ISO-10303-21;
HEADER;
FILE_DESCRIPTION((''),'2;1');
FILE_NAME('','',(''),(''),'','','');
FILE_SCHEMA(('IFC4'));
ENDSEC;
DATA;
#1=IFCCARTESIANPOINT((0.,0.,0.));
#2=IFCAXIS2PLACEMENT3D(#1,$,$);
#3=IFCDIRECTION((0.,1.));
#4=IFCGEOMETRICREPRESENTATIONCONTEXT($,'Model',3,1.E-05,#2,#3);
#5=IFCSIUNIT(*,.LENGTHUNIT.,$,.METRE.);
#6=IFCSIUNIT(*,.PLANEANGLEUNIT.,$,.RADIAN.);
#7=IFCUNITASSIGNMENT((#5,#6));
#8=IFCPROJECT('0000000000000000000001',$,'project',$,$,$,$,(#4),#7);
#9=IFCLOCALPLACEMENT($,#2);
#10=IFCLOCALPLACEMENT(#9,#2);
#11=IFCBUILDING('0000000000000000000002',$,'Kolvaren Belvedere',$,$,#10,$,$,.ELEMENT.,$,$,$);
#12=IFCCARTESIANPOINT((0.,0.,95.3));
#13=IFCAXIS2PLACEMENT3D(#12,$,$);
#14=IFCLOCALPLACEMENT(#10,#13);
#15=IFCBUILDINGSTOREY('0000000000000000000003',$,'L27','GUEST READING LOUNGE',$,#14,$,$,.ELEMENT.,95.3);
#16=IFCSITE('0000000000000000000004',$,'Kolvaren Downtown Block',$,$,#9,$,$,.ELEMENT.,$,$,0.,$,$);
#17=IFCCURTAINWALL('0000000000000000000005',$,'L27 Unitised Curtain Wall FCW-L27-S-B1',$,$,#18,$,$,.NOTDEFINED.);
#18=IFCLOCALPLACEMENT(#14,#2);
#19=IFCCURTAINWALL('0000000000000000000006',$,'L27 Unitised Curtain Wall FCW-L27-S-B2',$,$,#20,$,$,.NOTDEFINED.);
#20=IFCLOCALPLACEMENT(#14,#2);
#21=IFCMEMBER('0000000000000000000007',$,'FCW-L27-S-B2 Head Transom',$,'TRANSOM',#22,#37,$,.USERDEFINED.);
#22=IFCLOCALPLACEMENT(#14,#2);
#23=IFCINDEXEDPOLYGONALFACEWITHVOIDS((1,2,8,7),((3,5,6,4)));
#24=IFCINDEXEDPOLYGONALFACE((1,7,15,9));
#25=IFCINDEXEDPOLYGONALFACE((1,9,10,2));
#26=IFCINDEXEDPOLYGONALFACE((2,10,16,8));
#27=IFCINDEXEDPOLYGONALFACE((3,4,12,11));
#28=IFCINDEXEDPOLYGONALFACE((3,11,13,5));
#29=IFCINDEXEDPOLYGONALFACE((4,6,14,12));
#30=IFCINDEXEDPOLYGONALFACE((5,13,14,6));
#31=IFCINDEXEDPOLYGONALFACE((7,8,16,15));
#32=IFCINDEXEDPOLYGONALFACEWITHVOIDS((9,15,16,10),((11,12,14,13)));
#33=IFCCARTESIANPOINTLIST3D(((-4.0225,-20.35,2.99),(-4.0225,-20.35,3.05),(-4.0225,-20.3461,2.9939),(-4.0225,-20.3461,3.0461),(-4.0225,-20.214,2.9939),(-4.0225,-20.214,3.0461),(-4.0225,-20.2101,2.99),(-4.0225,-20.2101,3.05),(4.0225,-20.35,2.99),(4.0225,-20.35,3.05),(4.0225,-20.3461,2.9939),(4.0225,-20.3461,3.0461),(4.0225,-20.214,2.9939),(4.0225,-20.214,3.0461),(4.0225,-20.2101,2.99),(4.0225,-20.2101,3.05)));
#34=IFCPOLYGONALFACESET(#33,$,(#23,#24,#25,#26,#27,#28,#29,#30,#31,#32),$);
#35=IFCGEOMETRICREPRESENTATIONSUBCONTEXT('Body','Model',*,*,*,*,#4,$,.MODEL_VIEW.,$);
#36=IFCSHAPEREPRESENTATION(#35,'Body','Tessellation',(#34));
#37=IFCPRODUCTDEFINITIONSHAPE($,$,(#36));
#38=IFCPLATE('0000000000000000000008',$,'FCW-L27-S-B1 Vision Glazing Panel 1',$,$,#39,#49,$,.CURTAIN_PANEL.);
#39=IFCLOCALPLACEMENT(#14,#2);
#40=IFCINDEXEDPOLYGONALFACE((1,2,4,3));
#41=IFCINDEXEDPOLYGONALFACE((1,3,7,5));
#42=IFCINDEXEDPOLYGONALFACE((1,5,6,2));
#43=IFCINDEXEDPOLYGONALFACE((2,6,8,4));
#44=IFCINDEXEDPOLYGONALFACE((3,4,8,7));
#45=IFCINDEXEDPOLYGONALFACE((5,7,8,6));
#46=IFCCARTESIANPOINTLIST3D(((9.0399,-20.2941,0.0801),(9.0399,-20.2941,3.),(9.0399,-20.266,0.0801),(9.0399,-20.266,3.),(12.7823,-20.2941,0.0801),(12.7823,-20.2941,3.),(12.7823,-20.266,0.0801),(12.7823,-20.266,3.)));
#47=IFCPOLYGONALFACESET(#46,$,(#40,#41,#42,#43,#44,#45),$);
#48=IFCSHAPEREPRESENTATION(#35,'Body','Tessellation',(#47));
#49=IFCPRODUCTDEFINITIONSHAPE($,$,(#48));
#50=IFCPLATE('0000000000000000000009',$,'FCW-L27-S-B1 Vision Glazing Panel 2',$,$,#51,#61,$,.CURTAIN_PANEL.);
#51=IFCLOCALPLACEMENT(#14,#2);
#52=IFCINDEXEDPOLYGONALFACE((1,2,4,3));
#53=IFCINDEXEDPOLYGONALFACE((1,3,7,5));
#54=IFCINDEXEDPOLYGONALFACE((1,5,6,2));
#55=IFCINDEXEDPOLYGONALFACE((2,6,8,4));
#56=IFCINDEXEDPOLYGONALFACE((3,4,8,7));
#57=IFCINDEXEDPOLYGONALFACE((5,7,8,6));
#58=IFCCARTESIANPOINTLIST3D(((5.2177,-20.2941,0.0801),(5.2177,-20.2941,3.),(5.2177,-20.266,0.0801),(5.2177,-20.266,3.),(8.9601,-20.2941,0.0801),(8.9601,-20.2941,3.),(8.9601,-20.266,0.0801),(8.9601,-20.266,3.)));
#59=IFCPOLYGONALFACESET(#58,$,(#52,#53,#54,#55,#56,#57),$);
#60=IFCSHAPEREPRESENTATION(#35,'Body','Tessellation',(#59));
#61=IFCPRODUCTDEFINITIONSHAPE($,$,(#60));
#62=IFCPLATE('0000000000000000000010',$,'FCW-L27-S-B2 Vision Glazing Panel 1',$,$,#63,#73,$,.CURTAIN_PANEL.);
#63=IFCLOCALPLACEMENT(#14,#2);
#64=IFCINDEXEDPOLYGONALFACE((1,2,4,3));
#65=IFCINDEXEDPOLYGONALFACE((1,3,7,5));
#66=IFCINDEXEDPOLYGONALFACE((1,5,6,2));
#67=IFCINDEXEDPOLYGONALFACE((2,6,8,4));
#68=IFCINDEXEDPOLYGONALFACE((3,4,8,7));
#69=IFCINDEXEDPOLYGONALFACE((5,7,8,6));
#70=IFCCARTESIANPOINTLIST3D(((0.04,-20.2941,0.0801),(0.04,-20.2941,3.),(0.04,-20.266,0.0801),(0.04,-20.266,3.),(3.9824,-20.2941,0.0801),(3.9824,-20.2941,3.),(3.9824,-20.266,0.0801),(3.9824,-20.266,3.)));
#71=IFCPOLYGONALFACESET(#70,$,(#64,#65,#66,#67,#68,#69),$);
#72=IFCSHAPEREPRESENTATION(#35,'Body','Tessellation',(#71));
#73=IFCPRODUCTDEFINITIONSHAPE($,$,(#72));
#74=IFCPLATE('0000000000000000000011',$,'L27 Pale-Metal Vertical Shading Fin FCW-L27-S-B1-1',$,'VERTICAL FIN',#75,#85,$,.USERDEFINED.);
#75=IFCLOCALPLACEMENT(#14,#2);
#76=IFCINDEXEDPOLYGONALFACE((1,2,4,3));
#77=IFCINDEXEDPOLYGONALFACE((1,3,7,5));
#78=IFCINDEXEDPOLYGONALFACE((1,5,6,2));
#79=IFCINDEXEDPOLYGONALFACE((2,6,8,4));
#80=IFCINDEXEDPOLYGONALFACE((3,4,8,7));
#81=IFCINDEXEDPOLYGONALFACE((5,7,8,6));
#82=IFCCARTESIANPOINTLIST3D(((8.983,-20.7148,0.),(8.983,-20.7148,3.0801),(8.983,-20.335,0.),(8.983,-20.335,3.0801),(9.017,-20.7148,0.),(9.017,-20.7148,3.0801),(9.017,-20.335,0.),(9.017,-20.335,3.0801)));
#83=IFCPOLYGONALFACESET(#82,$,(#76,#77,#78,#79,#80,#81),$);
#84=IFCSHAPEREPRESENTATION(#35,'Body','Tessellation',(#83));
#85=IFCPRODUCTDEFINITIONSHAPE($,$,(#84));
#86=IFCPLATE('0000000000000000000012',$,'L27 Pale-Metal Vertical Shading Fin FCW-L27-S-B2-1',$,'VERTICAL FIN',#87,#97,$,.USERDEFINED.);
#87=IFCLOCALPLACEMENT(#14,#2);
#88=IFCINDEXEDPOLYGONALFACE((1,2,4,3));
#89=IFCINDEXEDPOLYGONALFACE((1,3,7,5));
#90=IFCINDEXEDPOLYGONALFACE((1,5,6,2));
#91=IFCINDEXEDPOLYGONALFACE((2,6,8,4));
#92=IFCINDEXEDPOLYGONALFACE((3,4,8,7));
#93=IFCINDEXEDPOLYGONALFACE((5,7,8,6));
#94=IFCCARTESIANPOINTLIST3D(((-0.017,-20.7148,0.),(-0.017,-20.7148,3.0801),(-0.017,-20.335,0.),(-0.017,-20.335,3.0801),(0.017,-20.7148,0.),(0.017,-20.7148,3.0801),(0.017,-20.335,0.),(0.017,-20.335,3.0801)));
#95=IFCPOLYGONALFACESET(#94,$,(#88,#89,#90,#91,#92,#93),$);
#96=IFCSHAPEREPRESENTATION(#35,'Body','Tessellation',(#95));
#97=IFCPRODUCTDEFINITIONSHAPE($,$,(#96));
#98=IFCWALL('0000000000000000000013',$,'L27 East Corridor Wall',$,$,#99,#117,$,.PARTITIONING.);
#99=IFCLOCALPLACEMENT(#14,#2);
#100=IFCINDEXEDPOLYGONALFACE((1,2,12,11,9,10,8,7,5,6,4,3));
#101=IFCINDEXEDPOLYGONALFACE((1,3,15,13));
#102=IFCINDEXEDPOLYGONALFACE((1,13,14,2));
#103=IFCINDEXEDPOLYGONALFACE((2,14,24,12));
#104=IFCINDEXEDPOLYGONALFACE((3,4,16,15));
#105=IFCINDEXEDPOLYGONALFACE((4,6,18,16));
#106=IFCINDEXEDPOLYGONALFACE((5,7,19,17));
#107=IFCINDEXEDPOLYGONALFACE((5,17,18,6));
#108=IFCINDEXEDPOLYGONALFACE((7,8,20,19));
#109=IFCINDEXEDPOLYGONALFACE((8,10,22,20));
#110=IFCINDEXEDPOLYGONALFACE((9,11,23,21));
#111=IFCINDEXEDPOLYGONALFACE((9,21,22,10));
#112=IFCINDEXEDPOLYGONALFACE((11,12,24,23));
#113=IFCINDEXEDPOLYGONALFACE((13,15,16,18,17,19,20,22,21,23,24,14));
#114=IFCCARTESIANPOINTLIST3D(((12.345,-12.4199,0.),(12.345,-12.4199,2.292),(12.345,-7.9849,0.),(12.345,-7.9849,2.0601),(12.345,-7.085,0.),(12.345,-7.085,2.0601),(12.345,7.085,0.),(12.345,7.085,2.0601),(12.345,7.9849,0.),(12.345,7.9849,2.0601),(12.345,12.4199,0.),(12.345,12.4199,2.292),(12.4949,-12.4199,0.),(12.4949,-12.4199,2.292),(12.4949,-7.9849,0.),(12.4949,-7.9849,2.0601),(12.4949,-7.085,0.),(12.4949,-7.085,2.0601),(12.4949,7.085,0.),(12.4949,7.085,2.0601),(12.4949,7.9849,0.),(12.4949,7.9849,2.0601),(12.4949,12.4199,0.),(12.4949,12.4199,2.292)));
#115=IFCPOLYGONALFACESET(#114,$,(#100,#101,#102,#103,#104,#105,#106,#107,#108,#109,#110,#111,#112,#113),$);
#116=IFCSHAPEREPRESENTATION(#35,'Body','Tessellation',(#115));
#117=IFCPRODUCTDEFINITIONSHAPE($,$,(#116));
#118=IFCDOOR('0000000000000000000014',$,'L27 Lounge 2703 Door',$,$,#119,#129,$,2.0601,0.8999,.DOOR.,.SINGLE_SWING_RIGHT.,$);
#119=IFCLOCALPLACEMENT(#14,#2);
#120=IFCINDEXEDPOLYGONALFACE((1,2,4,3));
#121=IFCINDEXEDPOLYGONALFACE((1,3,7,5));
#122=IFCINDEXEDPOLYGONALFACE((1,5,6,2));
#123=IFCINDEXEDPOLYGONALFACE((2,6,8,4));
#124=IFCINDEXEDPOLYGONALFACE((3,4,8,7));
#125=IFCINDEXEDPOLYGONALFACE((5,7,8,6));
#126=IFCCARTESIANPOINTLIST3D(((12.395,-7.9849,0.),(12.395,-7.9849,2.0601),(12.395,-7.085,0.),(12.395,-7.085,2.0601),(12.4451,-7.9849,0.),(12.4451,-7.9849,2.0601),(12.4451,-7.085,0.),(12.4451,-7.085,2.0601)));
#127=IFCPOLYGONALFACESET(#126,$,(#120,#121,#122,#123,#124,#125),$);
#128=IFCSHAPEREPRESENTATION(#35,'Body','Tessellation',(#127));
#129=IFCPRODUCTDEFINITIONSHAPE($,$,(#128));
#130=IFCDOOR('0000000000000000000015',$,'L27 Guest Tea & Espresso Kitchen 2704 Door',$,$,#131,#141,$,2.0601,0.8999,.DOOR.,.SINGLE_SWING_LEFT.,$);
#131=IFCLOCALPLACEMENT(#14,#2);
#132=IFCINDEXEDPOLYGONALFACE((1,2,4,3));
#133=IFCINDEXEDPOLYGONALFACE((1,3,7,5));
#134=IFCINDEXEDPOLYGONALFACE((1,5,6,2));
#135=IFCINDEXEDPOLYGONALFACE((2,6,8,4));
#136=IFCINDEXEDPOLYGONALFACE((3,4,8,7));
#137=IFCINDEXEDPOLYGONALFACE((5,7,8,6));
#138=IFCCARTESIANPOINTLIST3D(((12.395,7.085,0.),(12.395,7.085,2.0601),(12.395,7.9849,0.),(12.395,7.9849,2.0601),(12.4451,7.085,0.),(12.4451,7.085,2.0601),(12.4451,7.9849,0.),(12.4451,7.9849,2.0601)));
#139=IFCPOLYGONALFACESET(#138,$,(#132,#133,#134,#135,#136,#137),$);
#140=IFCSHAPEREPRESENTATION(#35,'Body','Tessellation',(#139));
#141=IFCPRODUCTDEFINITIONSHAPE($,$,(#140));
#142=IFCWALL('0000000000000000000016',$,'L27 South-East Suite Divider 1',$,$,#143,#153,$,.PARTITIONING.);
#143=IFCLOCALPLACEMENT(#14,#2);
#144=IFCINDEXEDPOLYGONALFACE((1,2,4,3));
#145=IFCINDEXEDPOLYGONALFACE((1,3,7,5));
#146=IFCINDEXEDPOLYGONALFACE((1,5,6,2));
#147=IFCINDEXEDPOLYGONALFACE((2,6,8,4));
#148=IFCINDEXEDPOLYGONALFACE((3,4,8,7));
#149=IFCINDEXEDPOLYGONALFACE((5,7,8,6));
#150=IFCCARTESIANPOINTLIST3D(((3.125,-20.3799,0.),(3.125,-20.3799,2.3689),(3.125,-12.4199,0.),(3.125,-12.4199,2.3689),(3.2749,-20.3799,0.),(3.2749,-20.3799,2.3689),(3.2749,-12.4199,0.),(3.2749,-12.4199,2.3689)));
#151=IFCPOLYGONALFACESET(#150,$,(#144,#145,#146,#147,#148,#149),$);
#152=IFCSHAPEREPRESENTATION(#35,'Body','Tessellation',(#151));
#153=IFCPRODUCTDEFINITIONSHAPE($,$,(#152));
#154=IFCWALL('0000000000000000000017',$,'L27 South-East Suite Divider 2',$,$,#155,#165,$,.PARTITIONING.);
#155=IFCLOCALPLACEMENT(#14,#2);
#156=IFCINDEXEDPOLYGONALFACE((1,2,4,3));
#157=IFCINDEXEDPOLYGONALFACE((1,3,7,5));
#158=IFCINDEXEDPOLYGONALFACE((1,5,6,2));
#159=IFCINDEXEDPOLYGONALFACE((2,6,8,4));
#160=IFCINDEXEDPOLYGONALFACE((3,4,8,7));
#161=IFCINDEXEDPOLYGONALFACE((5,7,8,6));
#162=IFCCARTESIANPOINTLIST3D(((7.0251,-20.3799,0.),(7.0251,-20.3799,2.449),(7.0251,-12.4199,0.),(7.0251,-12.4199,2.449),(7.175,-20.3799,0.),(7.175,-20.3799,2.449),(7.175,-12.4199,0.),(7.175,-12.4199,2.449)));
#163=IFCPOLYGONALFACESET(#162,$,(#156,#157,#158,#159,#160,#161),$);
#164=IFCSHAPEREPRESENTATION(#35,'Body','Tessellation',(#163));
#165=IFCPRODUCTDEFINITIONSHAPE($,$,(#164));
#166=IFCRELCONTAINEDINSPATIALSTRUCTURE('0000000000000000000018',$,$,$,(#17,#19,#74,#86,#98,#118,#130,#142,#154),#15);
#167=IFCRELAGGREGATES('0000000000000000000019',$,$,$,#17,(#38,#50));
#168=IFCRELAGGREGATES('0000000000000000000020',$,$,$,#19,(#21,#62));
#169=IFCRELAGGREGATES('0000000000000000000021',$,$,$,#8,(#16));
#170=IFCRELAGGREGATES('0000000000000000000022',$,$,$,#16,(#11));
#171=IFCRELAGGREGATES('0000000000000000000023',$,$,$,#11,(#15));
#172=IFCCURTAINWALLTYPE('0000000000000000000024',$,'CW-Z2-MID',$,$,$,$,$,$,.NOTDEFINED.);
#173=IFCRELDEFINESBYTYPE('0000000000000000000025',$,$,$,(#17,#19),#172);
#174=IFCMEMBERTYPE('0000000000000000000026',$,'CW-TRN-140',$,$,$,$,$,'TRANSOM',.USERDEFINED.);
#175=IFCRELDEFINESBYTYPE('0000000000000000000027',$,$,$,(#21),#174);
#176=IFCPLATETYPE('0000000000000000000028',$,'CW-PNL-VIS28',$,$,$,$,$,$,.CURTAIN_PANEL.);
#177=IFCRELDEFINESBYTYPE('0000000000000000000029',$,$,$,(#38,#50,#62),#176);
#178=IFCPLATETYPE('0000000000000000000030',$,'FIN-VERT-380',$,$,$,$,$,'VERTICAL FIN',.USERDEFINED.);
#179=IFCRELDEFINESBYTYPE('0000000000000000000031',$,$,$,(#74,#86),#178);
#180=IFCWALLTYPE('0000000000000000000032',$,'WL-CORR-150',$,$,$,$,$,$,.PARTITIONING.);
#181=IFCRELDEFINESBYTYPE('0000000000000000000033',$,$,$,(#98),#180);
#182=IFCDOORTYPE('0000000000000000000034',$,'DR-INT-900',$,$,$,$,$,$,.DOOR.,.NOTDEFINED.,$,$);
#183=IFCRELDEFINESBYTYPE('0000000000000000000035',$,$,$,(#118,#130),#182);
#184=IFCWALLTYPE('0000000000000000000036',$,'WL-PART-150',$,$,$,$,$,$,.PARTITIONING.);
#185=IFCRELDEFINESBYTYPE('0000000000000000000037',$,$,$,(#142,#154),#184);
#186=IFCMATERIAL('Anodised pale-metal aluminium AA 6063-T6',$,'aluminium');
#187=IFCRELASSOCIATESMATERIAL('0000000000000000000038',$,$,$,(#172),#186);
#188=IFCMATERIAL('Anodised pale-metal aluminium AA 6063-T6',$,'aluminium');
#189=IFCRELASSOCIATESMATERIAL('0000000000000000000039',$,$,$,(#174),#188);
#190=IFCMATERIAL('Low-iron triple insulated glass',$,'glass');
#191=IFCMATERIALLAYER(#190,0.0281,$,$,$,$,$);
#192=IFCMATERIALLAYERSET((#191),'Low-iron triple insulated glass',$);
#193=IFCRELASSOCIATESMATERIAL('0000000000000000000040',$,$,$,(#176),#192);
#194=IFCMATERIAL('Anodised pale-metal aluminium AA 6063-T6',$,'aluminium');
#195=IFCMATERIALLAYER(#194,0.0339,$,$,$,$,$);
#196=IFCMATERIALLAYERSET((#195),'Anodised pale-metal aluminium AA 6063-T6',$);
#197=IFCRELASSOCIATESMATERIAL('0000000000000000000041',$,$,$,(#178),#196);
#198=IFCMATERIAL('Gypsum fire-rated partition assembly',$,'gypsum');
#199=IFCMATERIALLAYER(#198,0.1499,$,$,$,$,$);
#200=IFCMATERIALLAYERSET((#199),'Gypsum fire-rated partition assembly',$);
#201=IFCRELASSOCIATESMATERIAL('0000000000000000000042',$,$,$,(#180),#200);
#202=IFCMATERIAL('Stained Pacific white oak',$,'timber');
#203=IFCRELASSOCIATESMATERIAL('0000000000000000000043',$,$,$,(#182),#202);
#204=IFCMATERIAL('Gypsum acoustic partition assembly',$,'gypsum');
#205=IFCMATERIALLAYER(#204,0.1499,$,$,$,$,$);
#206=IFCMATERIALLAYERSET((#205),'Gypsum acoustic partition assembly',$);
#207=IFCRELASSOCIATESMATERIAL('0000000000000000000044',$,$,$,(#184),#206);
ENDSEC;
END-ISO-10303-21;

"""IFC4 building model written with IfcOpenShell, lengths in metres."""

from ifc_helpers import new_model, si_unit, direction, frame, frame_2d, origin, origin_2d, place, context, subcontext, project, spatial, rectangle, hollow_rectangle, extrude, material, layer, layer_set, material_profile, profile_set, type_object, element, fill, aggregate, save


model = new_model("IFC4")

# Units and contexts
model_context = context("Model", 3, precision=1e-05, world=origin(), true_north=direction((0.0, 1.0)))
body_context = subcontext(model_context, "Body", "Model", "MODEL_VIEW")
ifc_project = project(units=[si_unit("LENGTHUNIT", "METRE"), si_unit("PLANEANGLEUNIT", "RADIAN")], contexts=[model_context])

# Site, building, storey
site_placement = place(None, origin())
site = spatial("IfcSite", under=ifc_project, at=site_placement, Name="Kolvaren Downtown Block", CompositionType="ELEMENT", RefElevation=0.0)
building_placement = place(site_placement, origin())
building = spatial("IfcBuilding", under=site, at=building_placement, Name="Kolvaren Belvedere", CompositionType="ELEMENT")
storey_placement = place(building_placement, frame((0.0, 0.0, 95.3)))
storey = spatial("IfcBuildingStorey", under=building, at=storey_placement, Name="L27", Description="GUEST READING LOUNGE", CompositionType="ELEMENT", Elevation=95.3)

# Curtain walls, member
ifc_material_1 = material(Name="Anodised pale-metal aluminium AA 6063-T6", Category="aluminium")
curtain_wall_type = type_object("IfcCurtainWallType", Name="CW-Z2-MID", PredefinedType="NOTDEFINED", material=ifc_material_1)
curtain_wall_1_placement = place(storey_placement, origin())
curtain_wall_1 = element("IfcCurtainWall", 1, at=curtain_wall_1_placement, inside=storey, type_object=curtain_wall_type, Name="L27 Unitised Curtain Wall FCW-L27-S-B1", PredefinedType="NOTDEFINED")
curtain_wall_2_placement = place(storey_placement, origin())
curtain_wall_2 = element("IfcCurtainWall", 2, at=curtain_wall_2_placement, inside=storey, type_object=curtain_wall_type, Name="L27 Unitised Curtain Wall FCW-L27-S-B2", PredefinedType="NOTDEFINED")
ifc_material_2 = material(Name="Anodised pale-metal aluminium AA 6063-T6", Category="aluminium")
ifc_material_profile_1 = material_profile(ifc_material_2, hollow_rectangle(XDim=0.0601, YDim=0.1399, WallThickness=0.0039, at=origin_2d()), Name="ALU-TRN-140X60")
ifc_profile_set_1 = profile_set([ifc_material_profile_1], Name="Anodised pale-metal aluminium AA 6063-T6")
member_type_1 = type_object("IfcMemberType", Name="CW-TRN-140", ElementType="TRANSOM", PredefinedType="USERDEFINED", material=ifc_profile_set_1)
member_1_placement = place(storey_placement, frame((4.0225, -20.28, 3.02), z_axis=(-1.0, 0.0, 0.0), x_axis=(0.0, 0.0, 1.0)))
member_1 = element("IfcMember", 3, at=member_1_placement, type_object=member_type_1, Name="FCW-L27-S-B2 Head Transom", ObjectType="TRANSOM", PredefinedType="USERDEFINED", context=body_context, shape_type="SweptSolid", body=[
    extrude(hollow_rectangle(XDim=0.0601, YDim=0.1399, WallThickness=0.0039, at=origin_2d()), origin(), (0.0, 0.0, 1.0), 8.0449),
])

# Plates
ifc_material_3 = material(Name="Low-iron triple insulated glass", Category="glass")
ifc_layer_1 = layer(ifc_material_3, 0.0281)
ifc_layer_set_1 = layer_set([ifc_layer_1], Name="Low-iron triple insulated glass")
plate_type_1 = type_object("IfcPlateType", Name="CW-PNL-VIS28", PredefinedType="CURTAIN_PANEL", material=ifc_layer_set_1)
plate_1_placement = place(storey_placement, frame((10.9111, -20.28, 0.0801), z_axis=(0.0, 0.0, 1.0), x_axis=(-1.0, 0.0, 0.0)))
plate_1 = element("IfcPlate", 4, at=plate_1_placement, type_object=plate_type_1, Name="FCW-L27-S-B1 Vision Glazing Panel 1", PredefinedType="CURTAIN_PANEL", context=body_context, shape_type="SweptSolid", body=[
    extrude(rectangle(XDim=3.7424, YDim=0.0281, at=origin_2d()), origin(), (0.0, 0.0, 1.0), 2.9199),
])
plate_2_placement = place(storey_placement, frame((7.0889, -20.28, 0.0801), z_axis=(0.0, 0.0, 1.0), x_axis=(-1.0, 0.0, 0.0)))
plate_2 = element("IfcPlate", 5, at=plate_2_placement, type_object=plate_type_1, Name="FCW-L27-S-B1 Vision Glazing Panel 2", PredefinedType="CURTAIN_PANEL", context=body_context, shape_type="SweptSolid", body=[
    extrude(rectangle(XDim=3.7424, YDim=0.0281, at=origin_2d()), origin(), (0.0, 0.0, 1.0), 2.9199),
])
aggregate(curtain_wall_1, [plate_1, plate_2])
plate_3_placement = place(storey_placement, frame((2.0112, -20.28, 0.0801), z_axis=(0.0, 0.0, 1.0), x_axis=(-1.0, 0.0, 0.0)))
plate_3 = element("IfcPlate", 6, at=plate_3_placement, type_object=plate_type_1, Name="FCW-L27-S-B2 Vision Glazing Panel 1", PredefinedType="CURTAIN_PANEL", context=body_context, shape_type="SweptSolid", body=[
    extrude(rectangle(XDim=3.9424, YDim=0.0281, at=origin_2d()), origin(), (0.0, 0.0, 1.0), 2.9199),
])
aggregate(curtain_wall_2, [member_1, plate_3])

# Plates
ifc_material_4 = material(Name="Anodised pale-metal aluminium AA 6063-T6", Category="aluminium")
ifc_layer_2 = layer(ifc_material_4, 0.0339)
ifc_layer_set_2 = layer_set([ifc_layer_2], Name="Anodised pale-metal aluminium AA 6063-T6")
plate_type_2 = type_object("IfcPlateType", Name="FIN-VERT-380", ElementType="VERTICAL FIN", PredefinedType="USERDEFINED", material=ifc_layer_set_2)
for number, where, z_axis, x_axis, name in (
    (7, (9.0, -20.5249, 0.0), (0.0, 0.0, 1.0), (0.0, 1.0, 0.0), "L27 Pale-Metal Vertical Shading Fin FCW-L27-S-B1-1"),
    (8, (0.0, -20.5249, 0.0), (0.0, 0.0, 1.0), (0.0, 1.0, 0.0), "L27 Pale-Metal Vertical Shading Fin FCW-L27-S-B2-1"),
):
    element("IfcPlate", number, at=place(storey_placement, frame(where, z_axis=z_axis, x_axis=x_axis)), inside=storey, type_object=plate_type_2, Name=name, ObjectType="VERTICAL FIN", PredefinedType="USERDEFINED", context=body_context, shape_type="SweptSolid", body=[
        extrude(rectangle(XDim=0.3799, YDim=0.0339, at=origin_2d()), origin(), (0.0, 0.0, 1.0), 3.0801),
    ])

# Wall, openings, doors
ifc_material_5 = material(Name="Gypsum fire-rated partition assembly", Category="gypsum")
ifc_layer_3 = layer(ifc_material_5, 0.1499)
ifc_layer_set_3 = layer_set([ifc_layer_3], Name="Gypsum fire-rated partition assembly")
wall_type_1 = type_object("IfcWallType", Name="WL-CORR-150", PredefinedType="PARTITIONING", material=ifc_layer_set_3)
wall_1_placement = place(storey_placement, frame((12.4199, -12.4199, 0.0), z_axis=(0.0, 0.0, 1.0), x_axis=(0.0, 1.0, 0.0)))
wall_1 = element("IfcWall", 9, at=wall_1_placement, inside=storey, type_object=wall_type_1, Name="L27 East Corridor Wall", PredefinedType="PARTITIONING", context=body_context, shape_type="SweptSolid", body=[
    extrude(rectangle(XDim=24.8398, YDim=0.1499, at=frame_2d((12.4199, 0.0))), origin(), (0.0, 0.0, 1.0), 2.292),
])
opening_1_placement = place(wall_1_placement, frame((4.4351, 0.0, 0.0)))
opening_1 = element("IfcOpeningElement", 10, at=opening_1_placement, cuts=wall_1, PredefinedType="OPENING", context=body_context, shape_type="SweptSolid", body=[
    extrude(rectangle(XDim=0.8999, YDim=2.0601, at=frame_2d((0.45, 1.03))), frame((0.0, 0.085, 0.0), z_axis=(0.0, -1.0, 0.0), x_axis=(1.0, 0.0, 0.0)), (0.0, 0.0, 1.0), 0.1699),
])
opening_2_placement = place(wall_1_placement, frame((19.5049, 0.0, 0.0)))
opening_2 = element("IfcOpeningElement", 11, at=opening_2_placement, cuts=wall_1, PredefinedType="OPENING", context=body_context, shape_type="SweptSolid", body=[
    extrude(rectangle(XDim=0.8999, YDim=2.0601, at=frame_2d((0.45, 1.03))), frame((0.0, 0.085, 0.0), z_axis=(0.0, -1.0, 0.0), x_axis=(1.0, 0.0, 0.0)), (0.0, 0.0, 1.0), 0.1699),
])
ifc_material_6 = material(Name="Stained Pacific white oak", Category="timber")
door_type_1 = type_object("IfcDoorType", Name="DR-INT-900", OperationType="NOTDEFINED", PredefinedType="DOOR", material=ifc_material_6)
door_1_placement = place(opening_1_placement, origin())
door_1 = element("IfcDoor", 12, at=door_1_placement, inside=storey, type_object=door_type_1, Name="L27 Lounge 2703 Door", OperationType="SINGLE_SWING_RIGHT", OverallHeight=2.0601, OverallWidth=0.8999, PredefinedType="DOOR", context=body_context, shape_type="SweptSolid", body=[
    extrude(rectangle(XDim=0.8999, YDim=2.0601, at=frame_2d((0.45, 1.03))), frame((0.0, 0.0249, 0.0), z_axis=(0.0, -1.0, 0.0), x_axis=(1.0, 0.0, 0.0)), (0.0, 0.0, 1.0), 0.05),
])
fill(opening_1, door_1)
door_2_placement = place(opening_2_placement, origin())
door_2 = element("IfcDoor", 13, at=door_2_placement, inside=storey, type_object=door_type_1, Name="L27 Guest Tea & Espresso Kitchen 2704 Door", OperationType="SINGLE_SWING_LEFT", OverallHeight=2.0601, OverallWidth=0.8999, PredefinedType="DOOR", context=body_context, shape_type="SweptSolid", body=[
    extrude(rectangle(XDim=0.8999, YDim=2.0601, at=frame_2d((0.45, 1.03))), frame((0.0, 0.0249, 0.0), z_axis=(0.0, -1.0, 0.0), x_axis=(1.0, 0.0, 0.0)), (0.0, 0.0, 1.0), 0.05),
])
fill(opening_2, door_2)

# Walls
ifc_material_7 = material(Name="Gypsum acoustic partition assembly", Category="gypsum")
ifc_layer_4 = layer(ifc_material_7, 0.1499)
ifc_layer_set_4 = layer_set([ifc_layer_4], Name="Gypsum acoustic partition assembly")
wall_type_2 = type_object("IfcWallType", Name="WL-PART-150", PredefinedType="PARTITIONING", material=ifc_layer_set_4)
wall_2_placement = place(storey_placement, frame((3.2, -20.3799, 0.0), z_axis=(0.0, 0.0, 1.0), x_axis=(0.0, 1.0, 0.0)))
element("IfcWall", 14, at=wall_2_placement, inside=storey, type_object=wall_type_2, Name="L27 South-East Suite Divider 1", PredefinedType="PARTITIONING", context=body_context, shape_type="SweptSolid", body=[
    extrude(rectangle(XDim=7.96, YDim=0.1499, at=frame_2d((3.98, 0.0))), origin(), (0.0, 0.0, 1.0), 2.3689),
])
wall_3_placement = place(storey_placement, frame((7.1001, -20.3799, 0.0), z_axis=(0.0, 0.0, 1.0), x_axis=(0.0, 1.0, 0.0)))
element("IfcWall", 15, at=wall_3_placement, inside=storey, type_object=wall_type_2, Name="L27 South-East Suite Divider 2", PredefinedType="PARTITIONING", context=body_context, shape_type="SweptSolid", body=[
    extrude(rectangle(XDim=7.96, YDim=0.1499, at=frame_2d((3.98, 0.0))), origin(), (0.0, 0.0, 1.0), 2.449),
])

save(model, "model.ifc")
